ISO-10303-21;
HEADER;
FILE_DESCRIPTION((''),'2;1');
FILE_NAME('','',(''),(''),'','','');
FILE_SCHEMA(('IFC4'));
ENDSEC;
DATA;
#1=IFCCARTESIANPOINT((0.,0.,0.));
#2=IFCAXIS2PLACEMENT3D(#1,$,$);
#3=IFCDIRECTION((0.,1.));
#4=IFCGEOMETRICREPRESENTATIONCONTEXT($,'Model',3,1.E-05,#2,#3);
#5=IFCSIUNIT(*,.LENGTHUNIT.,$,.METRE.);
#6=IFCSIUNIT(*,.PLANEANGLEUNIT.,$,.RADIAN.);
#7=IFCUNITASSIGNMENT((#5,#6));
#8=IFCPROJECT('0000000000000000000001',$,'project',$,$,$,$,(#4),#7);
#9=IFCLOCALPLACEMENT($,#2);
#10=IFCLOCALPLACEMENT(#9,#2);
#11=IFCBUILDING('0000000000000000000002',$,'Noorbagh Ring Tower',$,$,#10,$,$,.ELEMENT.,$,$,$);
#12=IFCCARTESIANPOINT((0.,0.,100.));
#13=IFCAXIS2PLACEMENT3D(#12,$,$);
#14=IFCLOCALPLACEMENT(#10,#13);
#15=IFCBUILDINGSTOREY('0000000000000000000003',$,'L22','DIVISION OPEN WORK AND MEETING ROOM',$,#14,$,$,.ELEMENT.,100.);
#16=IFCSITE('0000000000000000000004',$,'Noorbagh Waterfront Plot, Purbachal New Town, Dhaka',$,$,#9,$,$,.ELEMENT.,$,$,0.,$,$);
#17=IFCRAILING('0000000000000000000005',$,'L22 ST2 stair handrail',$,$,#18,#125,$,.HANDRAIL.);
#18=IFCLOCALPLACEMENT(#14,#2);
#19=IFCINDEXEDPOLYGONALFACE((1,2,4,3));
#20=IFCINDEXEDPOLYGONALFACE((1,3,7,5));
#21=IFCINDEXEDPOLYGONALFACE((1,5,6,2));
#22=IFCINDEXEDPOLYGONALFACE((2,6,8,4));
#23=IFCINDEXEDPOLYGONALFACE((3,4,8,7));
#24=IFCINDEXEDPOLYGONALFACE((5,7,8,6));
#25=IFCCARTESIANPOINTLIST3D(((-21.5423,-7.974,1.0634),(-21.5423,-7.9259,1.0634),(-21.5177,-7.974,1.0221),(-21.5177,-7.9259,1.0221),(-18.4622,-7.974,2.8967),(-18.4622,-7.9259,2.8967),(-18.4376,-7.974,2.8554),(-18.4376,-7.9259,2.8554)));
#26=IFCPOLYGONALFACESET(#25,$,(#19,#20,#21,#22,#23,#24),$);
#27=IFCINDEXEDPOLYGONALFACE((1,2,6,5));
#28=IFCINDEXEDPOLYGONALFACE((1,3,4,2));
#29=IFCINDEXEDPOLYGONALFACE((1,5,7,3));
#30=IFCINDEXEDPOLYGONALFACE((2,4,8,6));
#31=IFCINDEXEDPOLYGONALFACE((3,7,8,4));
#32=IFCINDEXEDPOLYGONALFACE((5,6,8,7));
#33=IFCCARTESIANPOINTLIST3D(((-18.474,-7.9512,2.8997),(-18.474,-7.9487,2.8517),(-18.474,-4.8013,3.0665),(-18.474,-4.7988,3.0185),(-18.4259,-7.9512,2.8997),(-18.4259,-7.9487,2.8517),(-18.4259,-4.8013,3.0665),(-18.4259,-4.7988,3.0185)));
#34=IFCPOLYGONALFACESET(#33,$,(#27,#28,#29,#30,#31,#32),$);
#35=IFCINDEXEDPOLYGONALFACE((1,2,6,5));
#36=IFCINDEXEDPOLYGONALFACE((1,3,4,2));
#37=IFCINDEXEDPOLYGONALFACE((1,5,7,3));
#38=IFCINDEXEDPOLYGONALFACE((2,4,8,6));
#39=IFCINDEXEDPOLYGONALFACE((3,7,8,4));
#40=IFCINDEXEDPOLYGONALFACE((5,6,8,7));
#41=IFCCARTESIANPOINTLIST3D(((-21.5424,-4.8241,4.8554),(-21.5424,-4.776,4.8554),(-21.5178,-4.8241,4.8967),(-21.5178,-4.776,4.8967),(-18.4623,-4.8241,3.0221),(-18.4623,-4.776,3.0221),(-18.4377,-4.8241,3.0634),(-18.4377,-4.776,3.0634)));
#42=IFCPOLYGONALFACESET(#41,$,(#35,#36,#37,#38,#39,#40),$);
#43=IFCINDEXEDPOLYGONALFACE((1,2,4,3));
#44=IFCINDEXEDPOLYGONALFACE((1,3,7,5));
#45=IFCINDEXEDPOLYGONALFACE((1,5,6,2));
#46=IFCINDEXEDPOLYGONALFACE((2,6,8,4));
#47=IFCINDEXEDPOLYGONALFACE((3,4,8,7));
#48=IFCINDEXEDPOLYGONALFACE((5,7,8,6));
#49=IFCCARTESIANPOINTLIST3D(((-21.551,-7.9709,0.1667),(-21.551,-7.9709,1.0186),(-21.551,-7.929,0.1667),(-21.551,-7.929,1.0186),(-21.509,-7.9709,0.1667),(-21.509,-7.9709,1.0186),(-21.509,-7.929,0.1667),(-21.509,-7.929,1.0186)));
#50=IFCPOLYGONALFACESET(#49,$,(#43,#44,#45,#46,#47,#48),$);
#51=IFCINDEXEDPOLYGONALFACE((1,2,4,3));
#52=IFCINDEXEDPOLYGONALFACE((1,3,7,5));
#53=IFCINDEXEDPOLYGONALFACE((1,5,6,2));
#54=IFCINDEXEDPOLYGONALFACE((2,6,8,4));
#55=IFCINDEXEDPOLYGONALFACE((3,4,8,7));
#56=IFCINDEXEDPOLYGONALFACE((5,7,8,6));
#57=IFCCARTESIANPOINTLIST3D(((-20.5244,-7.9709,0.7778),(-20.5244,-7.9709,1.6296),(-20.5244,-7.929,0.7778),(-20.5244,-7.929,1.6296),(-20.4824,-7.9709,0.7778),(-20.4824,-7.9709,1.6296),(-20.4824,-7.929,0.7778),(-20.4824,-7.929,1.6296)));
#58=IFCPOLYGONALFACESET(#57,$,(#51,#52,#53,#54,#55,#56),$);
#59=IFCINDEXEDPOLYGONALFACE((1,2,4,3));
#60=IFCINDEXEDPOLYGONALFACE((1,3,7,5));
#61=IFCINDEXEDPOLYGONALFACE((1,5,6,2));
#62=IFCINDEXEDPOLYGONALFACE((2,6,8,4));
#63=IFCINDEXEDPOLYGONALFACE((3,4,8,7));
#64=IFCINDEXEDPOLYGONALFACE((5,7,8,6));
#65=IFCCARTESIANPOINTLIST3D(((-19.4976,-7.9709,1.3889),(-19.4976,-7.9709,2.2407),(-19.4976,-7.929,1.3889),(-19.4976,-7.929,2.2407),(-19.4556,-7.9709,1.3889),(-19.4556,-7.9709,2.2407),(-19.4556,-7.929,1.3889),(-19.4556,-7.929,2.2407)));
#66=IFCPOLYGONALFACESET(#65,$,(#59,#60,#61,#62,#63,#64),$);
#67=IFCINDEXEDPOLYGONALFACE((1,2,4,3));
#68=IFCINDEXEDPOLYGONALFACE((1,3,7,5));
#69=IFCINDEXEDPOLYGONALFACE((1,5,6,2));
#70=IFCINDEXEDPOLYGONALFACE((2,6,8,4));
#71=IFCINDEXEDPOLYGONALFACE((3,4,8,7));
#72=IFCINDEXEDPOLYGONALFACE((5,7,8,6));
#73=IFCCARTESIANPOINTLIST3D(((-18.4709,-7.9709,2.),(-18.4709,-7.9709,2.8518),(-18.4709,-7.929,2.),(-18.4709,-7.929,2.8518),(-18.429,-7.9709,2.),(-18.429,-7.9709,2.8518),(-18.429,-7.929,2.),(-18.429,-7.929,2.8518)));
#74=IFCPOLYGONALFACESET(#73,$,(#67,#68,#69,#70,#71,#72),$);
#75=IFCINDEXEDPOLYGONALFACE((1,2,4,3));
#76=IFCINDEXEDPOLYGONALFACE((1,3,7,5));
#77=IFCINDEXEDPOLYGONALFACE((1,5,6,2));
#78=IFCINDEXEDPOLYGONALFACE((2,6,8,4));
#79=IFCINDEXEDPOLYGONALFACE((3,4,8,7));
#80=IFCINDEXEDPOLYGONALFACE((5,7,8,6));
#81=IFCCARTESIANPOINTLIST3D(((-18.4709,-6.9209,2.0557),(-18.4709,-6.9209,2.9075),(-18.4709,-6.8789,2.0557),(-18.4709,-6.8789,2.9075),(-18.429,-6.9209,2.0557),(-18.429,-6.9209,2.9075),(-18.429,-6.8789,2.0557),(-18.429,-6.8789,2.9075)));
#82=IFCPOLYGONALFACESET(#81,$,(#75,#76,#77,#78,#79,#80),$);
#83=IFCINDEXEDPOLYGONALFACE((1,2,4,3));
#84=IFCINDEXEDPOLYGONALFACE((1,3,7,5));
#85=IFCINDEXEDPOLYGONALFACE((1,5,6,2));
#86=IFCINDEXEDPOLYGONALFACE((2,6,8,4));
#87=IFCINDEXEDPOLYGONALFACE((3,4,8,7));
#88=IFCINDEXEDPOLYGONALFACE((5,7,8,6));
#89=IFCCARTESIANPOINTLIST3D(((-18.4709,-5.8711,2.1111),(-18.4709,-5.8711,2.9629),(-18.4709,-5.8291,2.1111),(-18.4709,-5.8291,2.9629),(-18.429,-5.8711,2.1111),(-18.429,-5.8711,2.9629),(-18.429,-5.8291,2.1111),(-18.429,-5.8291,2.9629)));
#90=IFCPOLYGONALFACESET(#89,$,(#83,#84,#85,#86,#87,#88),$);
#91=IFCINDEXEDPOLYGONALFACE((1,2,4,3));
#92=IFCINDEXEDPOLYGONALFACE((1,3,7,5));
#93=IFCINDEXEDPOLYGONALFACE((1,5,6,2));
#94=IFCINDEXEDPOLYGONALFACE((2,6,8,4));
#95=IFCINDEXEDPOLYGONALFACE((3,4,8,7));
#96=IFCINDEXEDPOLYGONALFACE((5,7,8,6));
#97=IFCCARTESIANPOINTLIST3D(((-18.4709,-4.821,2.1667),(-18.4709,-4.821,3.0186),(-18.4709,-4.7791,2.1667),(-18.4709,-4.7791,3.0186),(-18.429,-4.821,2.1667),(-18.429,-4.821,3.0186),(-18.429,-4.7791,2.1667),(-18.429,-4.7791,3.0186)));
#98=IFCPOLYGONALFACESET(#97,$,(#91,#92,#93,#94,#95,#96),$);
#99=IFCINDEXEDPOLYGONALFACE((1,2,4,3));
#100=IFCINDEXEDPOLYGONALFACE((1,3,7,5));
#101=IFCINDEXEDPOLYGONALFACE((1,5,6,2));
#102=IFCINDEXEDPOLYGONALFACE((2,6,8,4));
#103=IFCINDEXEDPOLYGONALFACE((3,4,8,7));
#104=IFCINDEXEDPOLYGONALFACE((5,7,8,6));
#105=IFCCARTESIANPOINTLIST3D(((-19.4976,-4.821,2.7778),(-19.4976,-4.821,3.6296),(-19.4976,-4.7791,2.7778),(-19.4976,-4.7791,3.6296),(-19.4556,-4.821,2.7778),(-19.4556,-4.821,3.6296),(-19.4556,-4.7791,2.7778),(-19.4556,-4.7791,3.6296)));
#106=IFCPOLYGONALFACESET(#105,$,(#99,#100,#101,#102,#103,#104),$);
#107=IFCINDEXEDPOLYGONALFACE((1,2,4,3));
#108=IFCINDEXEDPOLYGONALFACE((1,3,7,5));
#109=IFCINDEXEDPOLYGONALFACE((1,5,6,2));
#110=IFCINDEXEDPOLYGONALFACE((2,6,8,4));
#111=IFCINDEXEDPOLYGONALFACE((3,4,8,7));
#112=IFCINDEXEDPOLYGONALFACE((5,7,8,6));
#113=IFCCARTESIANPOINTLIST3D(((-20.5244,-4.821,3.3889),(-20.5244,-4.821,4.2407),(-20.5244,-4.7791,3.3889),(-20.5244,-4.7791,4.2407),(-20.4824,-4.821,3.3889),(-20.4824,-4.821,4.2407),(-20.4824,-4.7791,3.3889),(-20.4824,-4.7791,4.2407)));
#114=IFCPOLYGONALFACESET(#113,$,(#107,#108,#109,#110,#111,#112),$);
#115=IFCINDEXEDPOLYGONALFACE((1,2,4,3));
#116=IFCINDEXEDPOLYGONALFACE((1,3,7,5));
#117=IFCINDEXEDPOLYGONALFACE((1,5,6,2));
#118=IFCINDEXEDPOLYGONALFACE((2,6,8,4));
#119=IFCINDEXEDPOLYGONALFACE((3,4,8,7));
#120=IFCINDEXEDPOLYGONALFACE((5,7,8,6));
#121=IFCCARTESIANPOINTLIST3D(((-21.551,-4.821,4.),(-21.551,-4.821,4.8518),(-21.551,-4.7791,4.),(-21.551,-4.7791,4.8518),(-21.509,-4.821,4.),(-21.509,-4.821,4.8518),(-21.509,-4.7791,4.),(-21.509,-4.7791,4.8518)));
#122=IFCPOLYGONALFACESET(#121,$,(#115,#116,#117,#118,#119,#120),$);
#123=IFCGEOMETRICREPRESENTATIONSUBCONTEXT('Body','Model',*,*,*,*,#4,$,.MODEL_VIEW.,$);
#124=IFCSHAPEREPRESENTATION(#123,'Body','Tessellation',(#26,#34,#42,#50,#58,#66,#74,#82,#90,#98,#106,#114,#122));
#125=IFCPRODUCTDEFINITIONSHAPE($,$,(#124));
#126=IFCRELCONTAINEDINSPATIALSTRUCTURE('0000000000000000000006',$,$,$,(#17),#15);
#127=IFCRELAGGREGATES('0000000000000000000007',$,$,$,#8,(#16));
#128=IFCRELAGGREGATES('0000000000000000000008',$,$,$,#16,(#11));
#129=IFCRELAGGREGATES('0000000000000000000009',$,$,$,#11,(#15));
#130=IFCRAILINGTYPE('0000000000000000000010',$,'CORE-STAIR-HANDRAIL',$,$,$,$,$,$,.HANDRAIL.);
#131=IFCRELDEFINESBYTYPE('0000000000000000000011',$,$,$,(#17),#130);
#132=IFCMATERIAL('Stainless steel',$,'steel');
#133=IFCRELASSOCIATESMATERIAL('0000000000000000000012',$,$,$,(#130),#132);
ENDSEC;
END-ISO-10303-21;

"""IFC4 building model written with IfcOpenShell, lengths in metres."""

from ifc_helpers import new_model, si_unit, direction, frame, origin, origin_2d, place, context, subcontext, project, spatial, rectangle, extrude, material, type_object, element, save


model = new_model("IFC4")

# Units and contexts
model_context = context("Model", 3, precision=1e-05, world=origin(), true_north=direction((0.0, 1.0)))
body_context = subcontext(model_context, "Body", "Model", "MODEL_VIEW")
ifc_project = project(units=[si_unit("LENGTHUNIT", "METRE"), si_unit("PLANEANGLEUNIT", "RADIAN")], contexts=[model_context])

# Site, building, storey
site_placement = place(None, origin())
site = spatial("IfcSite", under=ifc_project, at=site_placement, Name="Noorbagh Waterfront Plot, Purbachal New Town, Dhaka", CompositionType="ELEMENT", RefElevation=0.0)
building_placement = place(site_placement, origin())
building = spatial("IfcBuilding", under=site, at=building_placement, Name="Noorbagh Ring Tower", CompositionType="ELEMENT")
storey_placement = place(building_placement, frame((0.0, 0.0, 100.0)))
storey = spatial("IfcBuildingStorey", under=building, at=storey_placement, Name="L22", Description="DIVISION OPEN WORK AND MEETING ROOM", CompositionType="ELEMENT", Elevation=100.0)

# Railing
ifc_material_1 = material(Name="Stainless steel", Category="steel")
railing_type_1 = type_object("IfcRailingType", Name="CORE-STAIR-HANDRAIL", PredefinedType="HANDRAIL", material=ifc_material_1)
railing_1_placement = place(storey_placement, frame((-21.53, -7.95, 0.1667)))
element("IfcRailing", 1, at=railing_1_placement, inside=storey, type_object=railing_type_1, Name="L22 ST2 stair handrail", PredefinedType="HANDRAIL", context=body_context, shape_type="SweptSolid", body=[
    extrude(rectangle(XDim=0.0481, YDim=0.0481, at=origin_2d()), frame((0.0, 0.0, 0.876), z_axis=(0.859309, 0.0, 0.511458), x_axis=(0.0, 1.0, 0.0)), (0.0, 0.0, 1.0), 3.5845),
    extrude(rectangle(XDim=0.0481, YDim=0.0481, at=origin_2d()), frame((3.0801, 0.0, 2.709), z_axis=(0.0, 0.998602, 0.052864), x_axis=(-1.0, 0.0, 0.0)), (0.0, 0.0, 1.0), 3.1543),
    extrude(rectangle(XDim=0.0481, YDim=0.0481, at=origin_2d()), frame((3.0801, 3.1499, 2.876), z_axis=(-0.859309, 0.0, 0.511458), x_axis=(0.0, -1.0, 0.0)), (0.0, 0.0, 1.0), 3.5845),
    extrude(rectangle(XDim=0.042, YDim=0.042, at=origin_2d()), origin(), (0.0, 0.0, 1.0), 0.8518),
    extrude(rectangle(XDim=0.042, YDim=0.042, at=origin_2d()), frame((1.0266, 0.0, 0.6111)), (0.0, 0.0, 1.0), 0.8518),
    extrude(rectangle(XDim=0.042, YDim=0.042, at=origin_2d()), frame((2.0535, 0.0, 1.2222)), (0.0, 0.0, 1.0), 0.8518),
    extrude(rectangle(XDim=0.042, YDim=0.042, at=origin_2d()), frame((3.0801, 0.0, 1.8333)), (0.0, 0.0, 1.0), 0.8518),
    extrude(rectangle(XDim=0.042, YDim=0.042, at=origin_2d()), frame((3.0801, 1.05, 1.8889)), (0.0, 0.0, 1.0), 0.8518),
    extrude(rectangle(XDim=0.042, YDim=0.042, at=origin_2d()), frame((3.0801, 2.0999, 1.9443)), (0.0, 0.0, 1.0), 0.8518),
    extrude(rectangle(XDim=0.042, YDim=0.042, at=origin_2d()), frame((3.0801, 3.1499, 2.0)), (0.0, 0.0, 1.0), 0.8518),
    extrude(rectangle(XDim=0.042, YDim=0.042, at=origin_2d()), frame((2.0535, 3.1499, 2.6111)), (0.0, 0.0, 1.0), 0.8518),
    extrude(rectangle(XDim=0.042, YDim=0.042, at=origin_2d()), frame((1.0266, 3.1499, 3.2222)), (0.0, 0.0, 1.0), 0.8518),
    extrude(rectangle(XDim=0.042, YDim=0.042, at=origin_2d()), frame((0.0, 3.1499, 3.8333)), (0.0, 0.0, 1.0), 0.8518),
])

save(model, "model.ifc")
